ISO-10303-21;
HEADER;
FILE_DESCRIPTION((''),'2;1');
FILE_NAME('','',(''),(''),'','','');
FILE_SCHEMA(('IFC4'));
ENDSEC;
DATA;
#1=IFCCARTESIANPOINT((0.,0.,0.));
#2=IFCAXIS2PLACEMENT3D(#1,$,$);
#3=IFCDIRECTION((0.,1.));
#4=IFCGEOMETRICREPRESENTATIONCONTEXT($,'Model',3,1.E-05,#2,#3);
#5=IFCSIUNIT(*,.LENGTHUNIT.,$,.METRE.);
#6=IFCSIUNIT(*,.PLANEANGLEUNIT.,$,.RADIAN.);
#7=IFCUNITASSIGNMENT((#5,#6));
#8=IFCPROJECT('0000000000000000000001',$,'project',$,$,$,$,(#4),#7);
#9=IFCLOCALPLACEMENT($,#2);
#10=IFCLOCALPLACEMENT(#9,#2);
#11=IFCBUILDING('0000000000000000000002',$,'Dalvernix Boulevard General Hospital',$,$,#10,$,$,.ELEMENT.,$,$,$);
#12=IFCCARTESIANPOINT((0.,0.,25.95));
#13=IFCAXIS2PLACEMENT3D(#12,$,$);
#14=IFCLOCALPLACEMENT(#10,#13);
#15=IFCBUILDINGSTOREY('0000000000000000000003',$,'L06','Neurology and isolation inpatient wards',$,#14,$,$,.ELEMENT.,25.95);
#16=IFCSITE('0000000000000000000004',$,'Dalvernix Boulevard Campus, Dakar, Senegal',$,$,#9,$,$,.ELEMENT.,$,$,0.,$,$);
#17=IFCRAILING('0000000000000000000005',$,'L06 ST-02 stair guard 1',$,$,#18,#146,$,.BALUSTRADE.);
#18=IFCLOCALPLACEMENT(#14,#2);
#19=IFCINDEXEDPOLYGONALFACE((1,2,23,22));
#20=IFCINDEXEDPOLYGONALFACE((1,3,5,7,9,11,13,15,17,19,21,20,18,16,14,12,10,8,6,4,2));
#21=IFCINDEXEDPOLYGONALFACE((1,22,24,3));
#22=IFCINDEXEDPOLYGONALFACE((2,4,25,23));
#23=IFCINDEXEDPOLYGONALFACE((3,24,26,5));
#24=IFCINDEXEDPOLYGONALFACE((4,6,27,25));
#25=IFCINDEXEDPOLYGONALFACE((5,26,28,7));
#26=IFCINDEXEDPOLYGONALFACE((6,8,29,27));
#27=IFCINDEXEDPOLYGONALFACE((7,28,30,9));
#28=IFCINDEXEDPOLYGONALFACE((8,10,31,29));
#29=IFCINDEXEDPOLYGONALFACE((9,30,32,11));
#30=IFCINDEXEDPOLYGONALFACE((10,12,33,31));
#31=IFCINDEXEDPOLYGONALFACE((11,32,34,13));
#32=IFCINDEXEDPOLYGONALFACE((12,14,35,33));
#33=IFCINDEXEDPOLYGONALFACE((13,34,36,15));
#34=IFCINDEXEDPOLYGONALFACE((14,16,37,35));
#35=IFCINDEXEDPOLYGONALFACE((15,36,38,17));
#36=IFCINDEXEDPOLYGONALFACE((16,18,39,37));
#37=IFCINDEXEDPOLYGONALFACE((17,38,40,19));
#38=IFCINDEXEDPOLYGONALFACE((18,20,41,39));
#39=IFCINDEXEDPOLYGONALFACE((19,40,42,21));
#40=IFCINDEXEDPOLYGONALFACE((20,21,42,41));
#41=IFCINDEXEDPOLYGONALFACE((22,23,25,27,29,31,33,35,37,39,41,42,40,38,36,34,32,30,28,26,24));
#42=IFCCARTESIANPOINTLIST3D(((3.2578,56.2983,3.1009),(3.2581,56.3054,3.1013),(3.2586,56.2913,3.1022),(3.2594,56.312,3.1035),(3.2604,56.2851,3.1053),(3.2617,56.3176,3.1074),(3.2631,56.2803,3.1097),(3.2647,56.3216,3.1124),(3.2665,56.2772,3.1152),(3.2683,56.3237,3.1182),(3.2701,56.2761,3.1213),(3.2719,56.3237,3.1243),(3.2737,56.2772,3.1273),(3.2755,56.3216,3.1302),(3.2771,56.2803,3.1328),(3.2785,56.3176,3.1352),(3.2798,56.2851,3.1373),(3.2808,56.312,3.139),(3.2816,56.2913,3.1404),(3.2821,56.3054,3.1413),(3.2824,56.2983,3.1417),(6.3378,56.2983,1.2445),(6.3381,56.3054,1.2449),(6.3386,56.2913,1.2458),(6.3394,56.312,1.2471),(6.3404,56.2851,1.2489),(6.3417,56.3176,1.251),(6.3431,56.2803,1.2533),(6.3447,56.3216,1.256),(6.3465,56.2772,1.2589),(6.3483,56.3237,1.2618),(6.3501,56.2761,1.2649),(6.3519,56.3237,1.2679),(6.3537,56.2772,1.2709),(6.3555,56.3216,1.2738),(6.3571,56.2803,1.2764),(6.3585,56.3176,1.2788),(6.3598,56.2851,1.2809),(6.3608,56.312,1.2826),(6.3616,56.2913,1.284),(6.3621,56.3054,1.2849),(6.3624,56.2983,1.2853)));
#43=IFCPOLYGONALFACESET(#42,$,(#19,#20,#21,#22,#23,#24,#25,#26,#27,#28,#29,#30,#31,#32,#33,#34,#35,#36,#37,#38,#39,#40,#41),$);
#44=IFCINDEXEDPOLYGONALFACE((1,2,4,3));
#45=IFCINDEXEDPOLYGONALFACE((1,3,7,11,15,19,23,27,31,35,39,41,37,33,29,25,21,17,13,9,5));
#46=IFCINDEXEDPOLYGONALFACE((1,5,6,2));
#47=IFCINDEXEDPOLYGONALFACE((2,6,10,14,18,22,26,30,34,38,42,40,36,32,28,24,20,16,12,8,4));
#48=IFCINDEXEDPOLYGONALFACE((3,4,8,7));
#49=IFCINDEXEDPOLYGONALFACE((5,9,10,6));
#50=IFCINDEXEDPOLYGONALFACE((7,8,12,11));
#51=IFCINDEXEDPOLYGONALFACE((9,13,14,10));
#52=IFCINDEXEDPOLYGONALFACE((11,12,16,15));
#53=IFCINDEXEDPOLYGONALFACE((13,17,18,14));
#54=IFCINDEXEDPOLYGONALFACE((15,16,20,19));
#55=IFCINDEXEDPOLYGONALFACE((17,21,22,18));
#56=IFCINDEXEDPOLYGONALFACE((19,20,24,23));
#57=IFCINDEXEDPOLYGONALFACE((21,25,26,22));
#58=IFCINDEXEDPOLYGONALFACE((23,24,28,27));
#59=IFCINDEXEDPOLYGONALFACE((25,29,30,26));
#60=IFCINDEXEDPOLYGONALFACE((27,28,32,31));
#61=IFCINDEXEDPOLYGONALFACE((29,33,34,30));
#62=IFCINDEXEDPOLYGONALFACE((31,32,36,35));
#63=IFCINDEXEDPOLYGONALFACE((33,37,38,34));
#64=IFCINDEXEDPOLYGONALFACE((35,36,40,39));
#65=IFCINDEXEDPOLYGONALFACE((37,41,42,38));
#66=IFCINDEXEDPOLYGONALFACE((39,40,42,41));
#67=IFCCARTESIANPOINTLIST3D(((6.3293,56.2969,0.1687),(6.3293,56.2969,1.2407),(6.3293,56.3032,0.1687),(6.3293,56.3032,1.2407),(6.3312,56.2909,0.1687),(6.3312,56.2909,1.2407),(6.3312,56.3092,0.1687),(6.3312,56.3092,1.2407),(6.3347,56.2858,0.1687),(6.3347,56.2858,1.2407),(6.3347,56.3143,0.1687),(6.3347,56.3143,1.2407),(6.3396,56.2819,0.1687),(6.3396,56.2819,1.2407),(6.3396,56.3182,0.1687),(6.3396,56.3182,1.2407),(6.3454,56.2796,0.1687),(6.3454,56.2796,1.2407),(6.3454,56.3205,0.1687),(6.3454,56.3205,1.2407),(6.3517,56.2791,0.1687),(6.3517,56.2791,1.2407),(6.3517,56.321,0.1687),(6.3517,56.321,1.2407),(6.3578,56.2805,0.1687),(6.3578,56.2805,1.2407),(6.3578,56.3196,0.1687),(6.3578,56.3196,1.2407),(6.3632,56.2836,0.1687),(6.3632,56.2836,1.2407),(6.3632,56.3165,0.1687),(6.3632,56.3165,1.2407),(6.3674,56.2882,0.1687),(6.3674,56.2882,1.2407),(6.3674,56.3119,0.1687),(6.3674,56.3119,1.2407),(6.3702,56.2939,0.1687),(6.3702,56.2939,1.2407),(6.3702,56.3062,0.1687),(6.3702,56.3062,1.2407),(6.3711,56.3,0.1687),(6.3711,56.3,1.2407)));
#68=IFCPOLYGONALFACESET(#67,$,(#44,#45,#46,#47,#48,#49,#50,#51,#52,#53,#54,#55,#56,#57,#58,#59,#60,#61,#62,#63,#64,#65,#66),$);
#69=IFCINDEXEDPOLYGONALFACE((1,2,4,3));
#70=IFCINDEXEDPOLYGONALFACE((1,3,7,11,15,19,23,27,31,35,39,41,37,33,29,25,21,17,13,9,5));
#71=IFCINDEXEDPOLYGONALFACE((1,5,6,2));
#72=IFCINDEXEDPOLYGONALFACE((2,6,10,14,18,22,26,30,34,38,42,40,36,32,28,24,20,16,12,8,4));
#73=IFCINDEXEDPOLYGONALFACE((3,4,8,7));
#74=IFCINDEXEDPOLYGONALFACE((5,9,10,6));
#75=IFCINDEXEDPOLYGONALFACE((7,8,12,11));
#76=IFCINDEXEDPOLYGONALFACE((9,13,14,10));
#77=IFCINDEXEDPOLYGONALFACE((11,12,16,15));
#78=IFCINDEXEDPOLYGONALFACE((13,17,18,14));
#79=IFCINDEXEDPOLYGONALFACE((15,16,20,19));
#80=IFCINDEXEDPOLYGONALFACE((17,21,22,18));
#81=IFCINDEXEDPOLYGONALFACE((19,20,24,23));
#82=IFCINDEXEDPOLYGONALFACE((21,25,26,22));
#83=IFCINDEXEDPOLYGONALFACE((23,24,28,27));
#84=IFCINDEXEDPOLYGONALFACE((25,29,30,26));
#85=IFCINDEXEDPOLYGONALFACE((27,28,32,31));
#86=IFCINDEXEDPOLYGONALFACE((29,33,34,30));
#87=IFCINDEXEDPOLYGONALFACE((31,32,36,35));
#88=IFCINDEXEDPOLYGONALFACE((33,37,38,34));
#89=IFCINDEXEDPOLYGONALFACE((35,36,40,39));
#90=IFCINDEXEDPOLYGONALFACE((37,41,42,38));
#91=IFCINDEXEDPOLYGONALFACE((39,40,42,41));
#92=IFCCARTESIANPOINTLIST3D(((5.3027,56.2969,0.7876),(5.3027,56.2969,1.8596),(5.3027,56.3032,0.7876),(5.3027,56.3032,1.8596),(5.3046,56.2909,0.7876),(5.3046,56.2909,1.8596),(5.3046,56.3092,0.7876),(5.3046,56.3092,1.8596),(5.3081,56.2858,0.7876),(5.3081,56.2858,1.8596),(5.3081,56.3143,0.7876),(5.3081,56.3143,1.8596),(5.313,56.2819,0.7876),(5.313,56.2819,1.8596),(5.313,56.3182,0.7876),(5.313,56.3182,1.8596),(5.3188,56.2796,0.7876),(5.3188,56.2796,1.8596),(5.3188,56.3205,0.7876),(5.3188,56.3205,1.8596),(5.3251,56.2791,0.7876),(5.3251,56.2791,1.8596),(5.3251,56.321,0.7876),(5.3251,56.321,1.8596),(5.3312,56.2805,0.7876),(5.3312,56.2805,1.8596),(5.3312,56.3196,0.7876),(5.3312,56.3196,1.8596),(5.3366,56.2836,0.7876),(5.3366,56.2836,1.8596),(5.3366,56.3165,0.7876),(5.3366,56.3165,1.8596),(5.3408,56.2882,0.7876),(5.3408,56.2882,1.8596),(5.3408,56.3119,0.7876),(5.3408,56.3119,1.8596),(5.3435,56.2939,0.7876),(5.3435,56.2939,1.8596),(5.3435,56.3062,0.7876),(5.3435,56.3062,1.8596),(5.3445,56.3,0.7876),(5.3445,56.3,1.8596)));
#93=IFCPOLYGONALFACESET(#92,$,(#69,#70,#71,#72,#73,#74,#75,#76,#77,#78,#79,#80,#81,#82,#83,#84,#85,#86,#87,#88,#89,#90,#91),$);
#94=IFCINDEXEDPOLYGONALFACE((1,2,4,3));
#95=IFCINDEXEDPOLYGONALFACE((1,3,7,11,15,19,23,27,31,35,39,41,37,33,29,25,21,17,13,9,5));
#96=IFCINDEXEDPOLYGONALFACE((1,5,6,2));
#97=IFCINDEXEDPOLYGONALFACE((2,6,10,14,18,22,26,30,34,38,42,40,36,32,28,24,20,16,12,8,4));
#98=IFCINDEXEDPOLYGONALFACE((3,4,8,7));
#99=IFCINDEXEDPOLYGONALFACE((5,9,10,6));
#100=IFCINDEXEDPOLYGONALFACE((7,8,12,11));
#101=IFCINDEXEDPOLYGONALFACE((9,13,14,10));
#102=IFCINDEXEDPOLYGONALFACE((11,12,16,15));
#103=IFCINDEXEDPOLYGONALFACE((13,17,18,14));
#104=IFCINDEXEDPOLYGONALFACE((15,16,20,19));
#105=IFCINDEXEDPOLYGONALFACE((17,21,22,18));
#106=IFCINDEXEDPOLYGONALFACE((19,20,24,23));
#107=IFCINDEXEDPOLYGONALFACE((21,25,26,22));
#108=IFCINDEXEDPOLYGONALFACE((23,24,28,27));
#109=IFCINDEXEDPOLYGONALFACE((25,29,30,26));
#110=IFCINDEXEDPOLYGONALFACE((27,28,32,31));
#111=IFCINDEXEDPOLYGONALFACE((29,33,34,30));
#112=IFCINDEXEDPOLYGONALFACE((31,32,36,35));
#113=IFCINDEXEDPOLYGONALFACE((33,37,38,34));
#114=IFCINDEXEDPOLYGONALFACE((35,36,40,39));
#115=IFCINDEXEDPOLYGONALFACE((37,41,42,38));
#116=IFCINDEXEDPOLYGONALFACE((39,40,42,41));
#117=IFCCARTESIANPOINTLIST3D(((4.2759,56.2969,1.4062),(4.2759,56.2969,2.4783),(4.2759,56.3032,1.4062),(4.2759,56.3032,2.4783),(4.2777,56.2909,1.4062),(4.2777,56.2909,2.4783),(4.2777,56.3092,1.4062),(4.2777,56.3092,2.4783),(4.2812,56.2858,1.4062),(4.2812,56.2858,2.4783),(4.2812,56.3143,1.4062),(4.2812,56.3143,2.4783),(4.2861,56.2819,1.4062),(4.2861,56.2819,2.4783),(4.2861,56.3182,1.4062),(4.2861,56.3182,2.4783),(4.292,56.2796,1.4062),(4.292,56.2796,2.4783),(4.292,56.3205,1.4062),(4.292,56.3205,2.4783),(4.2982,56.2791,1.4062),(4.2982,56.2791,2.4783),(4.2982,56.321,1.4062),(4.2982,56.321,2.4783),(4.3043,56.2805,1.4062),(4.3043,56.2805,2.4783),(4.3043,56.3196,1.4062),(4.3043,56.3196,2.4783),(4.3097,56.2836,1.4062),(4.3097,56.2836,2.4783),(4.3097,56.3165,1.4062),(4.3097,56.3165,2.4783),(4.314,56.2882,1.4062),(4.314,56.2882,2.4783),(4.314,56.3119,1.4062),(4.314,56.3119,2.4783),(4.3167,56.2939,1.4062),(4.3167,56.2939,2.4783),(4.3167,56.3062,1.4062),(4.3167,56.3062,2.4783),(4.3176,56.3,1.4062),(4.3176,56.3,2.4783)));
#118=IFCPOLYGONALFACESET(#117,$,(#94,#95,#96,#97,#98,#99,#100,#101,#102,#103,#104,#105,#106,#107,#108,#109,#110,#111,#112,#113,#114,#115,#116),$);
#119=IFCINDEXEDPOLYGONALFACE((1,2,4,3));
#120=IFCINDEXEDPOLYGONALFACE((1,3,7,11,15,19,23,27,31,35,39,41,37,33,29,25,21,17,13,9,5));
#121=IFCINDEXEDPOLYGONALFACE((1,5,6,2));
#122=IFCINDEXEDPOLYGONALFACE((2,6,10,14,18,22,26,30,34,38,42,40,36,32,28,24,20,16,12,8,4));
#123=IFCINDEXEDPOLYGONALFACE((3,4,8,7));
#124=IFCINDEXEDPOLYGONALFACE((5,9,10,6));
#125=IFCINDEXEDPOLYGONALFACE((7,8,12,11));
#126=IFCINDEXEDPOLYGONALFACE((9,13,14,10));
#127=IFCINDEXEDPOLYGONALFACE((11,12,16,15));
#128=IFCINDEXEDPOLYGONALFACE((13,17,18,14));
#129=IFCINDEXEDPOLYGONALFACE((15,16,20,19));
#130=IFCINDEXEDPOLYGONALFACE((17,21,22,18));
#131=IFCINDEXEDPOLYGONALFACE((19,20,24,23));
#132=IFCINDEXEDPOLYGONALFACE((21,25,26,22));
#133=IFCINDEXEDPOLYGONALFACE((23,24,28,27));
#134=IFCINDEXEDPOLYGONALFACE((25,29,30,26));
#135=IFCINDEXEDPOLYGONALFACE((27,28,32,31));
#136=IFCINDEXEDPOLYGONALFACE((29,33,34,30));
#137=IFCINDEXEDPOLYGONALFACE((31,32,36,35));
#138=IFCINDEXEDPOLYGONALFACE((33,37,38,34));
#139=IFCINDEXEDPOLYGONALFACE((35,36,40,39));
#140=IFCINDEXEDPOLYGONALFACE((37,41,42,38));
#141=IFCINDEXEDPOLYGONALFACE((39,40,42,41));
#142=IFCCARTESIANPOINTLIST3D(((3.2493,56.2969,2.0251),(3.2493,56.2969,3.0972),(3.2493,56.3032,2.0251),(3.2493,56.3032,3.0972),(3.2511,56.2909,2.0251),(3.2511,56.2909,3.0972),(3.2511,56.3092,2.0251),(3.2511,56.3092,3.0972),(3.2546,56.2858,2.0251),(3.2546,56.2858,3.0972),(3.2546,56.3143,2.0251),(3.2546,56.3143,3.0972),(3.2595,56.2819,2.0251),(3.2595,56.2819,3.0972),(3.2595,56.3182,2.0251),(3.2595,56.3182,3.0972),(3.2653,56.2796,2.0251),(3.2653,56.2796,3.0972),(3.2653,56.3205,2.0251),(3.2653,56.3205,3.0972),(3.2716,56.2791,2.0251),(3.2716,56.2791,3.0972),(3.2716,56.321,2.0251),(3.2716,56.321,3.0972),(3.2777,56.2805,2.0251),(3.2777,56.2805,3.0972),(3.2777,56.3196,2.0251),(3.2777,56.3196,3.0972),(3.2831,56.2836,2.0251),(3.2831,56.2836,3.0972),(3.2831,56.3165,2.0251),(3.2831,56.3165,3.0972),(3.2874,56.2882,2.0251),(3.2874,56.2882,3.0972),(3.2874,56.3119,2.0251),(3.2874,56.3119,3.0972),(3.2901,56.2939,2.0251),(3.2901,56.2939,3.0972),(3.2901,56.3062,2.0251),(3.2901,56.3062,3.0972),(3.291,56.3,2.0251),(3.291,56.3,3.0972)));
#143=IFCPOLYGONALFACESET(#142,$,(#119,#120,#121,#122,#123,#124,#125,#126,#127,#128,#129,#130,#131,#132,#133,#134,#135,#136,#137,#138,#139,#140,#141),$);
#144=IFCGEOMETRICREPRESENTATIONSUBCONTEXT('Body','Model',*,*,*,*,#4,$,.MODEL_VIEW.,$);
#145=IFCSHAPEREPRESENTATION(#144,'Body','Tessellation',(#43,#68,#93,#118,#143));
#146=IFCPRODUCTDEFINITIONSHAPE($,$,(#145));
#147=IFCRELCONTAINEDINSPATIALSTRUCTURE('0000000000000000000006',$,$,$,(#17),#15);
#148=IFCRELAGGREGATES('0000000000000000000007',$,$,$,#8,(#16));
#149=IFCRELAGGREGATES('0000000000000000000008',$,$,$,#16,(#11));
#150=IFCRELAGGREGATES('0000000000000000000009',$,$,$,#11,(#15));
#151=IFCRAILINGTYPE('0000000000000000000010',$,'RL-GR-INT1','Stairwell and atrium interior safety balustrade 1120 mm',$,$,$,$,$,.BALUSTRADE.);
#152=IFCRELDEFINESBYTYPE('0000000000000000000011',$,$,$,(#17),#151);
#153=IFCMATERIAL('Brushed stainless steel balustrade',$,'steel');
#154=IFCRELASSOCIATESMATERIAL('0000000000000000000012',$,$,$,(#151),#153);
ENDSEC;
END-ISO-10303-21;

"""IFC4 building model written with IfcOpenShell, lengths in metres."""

from ifc_helpers import new_model, si_unit, direction, frame, origin, origin_2d, place, context, subcontext, project, spatial, circle, extrude, material, type_object, element, save


model = new_model("IFC4")

# Units and contexts
model_context = context("Model", 3, precision=1e-05, world=origin(), true_north=direction((0.0, 1.0)))
body_context = subcontext(model_context, "Body", "Model", "MODEL_VIEW")
ifc_project = project(units=[si_unit("LENGTHUNIT", "METRE"), si_unit("PLANEANGLEUNIT", "RADIAN")], contexts=[model_context])

# Site, building, storey
site_placement = place(None, origin())
site = spatial("IfcSite", under=ifc_project, at=site_placement, Name="Dalvernix Boulevard Campus, Dakar, Senegal", CompositionType="ELEMENT", RefElevation=0.0)
building_placement = place(site_placement, origin())
building = spatial("IfcBuilding", under=site, at=building_placement, Name="Dalvernix Boulevard General Hospital", CompositionType="ELEMENT")
storey_placement = place(building_placement, frame((0.0, 0.0, 25.95)))
storey = spatial("IfcBuildingStorey", under=building, at=storey_placement, Name="L06", Description="Neurology and isolation inpatient wards", CompositionType="ELEMENT", Elevation=25.95)

# Railing
ifc_material_1 = material(Name="Brushed stainless steel balustrade", Category="steel")
railing_type_1 = type_object("IfcRailingType", Name="RL-GR-INT1", Description="Stairwell and atrium interior safety balustrade 1120 mm", PredefinedType="BALUSTRADE", material=ifc_material_1)
railing_1_placement = place(storey_placement, frame((6.3501, 56.3, 0.1687)))
element("IfcRailing", 1, at=railing_1_placement, inside=storey, type_object=railing_type_1, Name="L06 ST-02 stair guard 1", PredefinedType="BALUSTRADE", context=body_context, shape_type="SweptSolid", body=[
    extrude(circle(Radius=0.0239, at=origin_2d()), frame((0.0, 0.0, 1.0962), z_axis=(-0.856461, 0.0, 0.516212), x_axis=(0.0, -1.0, 0.0)), (0.0, 0.0, 1.0), 3.5962),
    extrude(circle(Radius=0.021, at=origin_2d()), origin(), (0.0, 0.0, 1.0), 1.072),
    extrude(circle(Radius=0.021, at=origin_2d()), frame((-1.0266, 0.0, 0.6189)), (0.0, 0.0, 1.0), 1.072),
    extrude(circle(Radius=0.021, at=origin_2d()), frame((-2.0535, 0.0, 1.2375)), (0.0, 0.0, 1.0), 1.072),
    extrude(circle(Radius=0.021, at=origin_2d()), frame((-3.0801, 0.0, 1.8564)), (0.0, 0.0, 1.0), 1.072),
])

save(model, "model.ifc")
